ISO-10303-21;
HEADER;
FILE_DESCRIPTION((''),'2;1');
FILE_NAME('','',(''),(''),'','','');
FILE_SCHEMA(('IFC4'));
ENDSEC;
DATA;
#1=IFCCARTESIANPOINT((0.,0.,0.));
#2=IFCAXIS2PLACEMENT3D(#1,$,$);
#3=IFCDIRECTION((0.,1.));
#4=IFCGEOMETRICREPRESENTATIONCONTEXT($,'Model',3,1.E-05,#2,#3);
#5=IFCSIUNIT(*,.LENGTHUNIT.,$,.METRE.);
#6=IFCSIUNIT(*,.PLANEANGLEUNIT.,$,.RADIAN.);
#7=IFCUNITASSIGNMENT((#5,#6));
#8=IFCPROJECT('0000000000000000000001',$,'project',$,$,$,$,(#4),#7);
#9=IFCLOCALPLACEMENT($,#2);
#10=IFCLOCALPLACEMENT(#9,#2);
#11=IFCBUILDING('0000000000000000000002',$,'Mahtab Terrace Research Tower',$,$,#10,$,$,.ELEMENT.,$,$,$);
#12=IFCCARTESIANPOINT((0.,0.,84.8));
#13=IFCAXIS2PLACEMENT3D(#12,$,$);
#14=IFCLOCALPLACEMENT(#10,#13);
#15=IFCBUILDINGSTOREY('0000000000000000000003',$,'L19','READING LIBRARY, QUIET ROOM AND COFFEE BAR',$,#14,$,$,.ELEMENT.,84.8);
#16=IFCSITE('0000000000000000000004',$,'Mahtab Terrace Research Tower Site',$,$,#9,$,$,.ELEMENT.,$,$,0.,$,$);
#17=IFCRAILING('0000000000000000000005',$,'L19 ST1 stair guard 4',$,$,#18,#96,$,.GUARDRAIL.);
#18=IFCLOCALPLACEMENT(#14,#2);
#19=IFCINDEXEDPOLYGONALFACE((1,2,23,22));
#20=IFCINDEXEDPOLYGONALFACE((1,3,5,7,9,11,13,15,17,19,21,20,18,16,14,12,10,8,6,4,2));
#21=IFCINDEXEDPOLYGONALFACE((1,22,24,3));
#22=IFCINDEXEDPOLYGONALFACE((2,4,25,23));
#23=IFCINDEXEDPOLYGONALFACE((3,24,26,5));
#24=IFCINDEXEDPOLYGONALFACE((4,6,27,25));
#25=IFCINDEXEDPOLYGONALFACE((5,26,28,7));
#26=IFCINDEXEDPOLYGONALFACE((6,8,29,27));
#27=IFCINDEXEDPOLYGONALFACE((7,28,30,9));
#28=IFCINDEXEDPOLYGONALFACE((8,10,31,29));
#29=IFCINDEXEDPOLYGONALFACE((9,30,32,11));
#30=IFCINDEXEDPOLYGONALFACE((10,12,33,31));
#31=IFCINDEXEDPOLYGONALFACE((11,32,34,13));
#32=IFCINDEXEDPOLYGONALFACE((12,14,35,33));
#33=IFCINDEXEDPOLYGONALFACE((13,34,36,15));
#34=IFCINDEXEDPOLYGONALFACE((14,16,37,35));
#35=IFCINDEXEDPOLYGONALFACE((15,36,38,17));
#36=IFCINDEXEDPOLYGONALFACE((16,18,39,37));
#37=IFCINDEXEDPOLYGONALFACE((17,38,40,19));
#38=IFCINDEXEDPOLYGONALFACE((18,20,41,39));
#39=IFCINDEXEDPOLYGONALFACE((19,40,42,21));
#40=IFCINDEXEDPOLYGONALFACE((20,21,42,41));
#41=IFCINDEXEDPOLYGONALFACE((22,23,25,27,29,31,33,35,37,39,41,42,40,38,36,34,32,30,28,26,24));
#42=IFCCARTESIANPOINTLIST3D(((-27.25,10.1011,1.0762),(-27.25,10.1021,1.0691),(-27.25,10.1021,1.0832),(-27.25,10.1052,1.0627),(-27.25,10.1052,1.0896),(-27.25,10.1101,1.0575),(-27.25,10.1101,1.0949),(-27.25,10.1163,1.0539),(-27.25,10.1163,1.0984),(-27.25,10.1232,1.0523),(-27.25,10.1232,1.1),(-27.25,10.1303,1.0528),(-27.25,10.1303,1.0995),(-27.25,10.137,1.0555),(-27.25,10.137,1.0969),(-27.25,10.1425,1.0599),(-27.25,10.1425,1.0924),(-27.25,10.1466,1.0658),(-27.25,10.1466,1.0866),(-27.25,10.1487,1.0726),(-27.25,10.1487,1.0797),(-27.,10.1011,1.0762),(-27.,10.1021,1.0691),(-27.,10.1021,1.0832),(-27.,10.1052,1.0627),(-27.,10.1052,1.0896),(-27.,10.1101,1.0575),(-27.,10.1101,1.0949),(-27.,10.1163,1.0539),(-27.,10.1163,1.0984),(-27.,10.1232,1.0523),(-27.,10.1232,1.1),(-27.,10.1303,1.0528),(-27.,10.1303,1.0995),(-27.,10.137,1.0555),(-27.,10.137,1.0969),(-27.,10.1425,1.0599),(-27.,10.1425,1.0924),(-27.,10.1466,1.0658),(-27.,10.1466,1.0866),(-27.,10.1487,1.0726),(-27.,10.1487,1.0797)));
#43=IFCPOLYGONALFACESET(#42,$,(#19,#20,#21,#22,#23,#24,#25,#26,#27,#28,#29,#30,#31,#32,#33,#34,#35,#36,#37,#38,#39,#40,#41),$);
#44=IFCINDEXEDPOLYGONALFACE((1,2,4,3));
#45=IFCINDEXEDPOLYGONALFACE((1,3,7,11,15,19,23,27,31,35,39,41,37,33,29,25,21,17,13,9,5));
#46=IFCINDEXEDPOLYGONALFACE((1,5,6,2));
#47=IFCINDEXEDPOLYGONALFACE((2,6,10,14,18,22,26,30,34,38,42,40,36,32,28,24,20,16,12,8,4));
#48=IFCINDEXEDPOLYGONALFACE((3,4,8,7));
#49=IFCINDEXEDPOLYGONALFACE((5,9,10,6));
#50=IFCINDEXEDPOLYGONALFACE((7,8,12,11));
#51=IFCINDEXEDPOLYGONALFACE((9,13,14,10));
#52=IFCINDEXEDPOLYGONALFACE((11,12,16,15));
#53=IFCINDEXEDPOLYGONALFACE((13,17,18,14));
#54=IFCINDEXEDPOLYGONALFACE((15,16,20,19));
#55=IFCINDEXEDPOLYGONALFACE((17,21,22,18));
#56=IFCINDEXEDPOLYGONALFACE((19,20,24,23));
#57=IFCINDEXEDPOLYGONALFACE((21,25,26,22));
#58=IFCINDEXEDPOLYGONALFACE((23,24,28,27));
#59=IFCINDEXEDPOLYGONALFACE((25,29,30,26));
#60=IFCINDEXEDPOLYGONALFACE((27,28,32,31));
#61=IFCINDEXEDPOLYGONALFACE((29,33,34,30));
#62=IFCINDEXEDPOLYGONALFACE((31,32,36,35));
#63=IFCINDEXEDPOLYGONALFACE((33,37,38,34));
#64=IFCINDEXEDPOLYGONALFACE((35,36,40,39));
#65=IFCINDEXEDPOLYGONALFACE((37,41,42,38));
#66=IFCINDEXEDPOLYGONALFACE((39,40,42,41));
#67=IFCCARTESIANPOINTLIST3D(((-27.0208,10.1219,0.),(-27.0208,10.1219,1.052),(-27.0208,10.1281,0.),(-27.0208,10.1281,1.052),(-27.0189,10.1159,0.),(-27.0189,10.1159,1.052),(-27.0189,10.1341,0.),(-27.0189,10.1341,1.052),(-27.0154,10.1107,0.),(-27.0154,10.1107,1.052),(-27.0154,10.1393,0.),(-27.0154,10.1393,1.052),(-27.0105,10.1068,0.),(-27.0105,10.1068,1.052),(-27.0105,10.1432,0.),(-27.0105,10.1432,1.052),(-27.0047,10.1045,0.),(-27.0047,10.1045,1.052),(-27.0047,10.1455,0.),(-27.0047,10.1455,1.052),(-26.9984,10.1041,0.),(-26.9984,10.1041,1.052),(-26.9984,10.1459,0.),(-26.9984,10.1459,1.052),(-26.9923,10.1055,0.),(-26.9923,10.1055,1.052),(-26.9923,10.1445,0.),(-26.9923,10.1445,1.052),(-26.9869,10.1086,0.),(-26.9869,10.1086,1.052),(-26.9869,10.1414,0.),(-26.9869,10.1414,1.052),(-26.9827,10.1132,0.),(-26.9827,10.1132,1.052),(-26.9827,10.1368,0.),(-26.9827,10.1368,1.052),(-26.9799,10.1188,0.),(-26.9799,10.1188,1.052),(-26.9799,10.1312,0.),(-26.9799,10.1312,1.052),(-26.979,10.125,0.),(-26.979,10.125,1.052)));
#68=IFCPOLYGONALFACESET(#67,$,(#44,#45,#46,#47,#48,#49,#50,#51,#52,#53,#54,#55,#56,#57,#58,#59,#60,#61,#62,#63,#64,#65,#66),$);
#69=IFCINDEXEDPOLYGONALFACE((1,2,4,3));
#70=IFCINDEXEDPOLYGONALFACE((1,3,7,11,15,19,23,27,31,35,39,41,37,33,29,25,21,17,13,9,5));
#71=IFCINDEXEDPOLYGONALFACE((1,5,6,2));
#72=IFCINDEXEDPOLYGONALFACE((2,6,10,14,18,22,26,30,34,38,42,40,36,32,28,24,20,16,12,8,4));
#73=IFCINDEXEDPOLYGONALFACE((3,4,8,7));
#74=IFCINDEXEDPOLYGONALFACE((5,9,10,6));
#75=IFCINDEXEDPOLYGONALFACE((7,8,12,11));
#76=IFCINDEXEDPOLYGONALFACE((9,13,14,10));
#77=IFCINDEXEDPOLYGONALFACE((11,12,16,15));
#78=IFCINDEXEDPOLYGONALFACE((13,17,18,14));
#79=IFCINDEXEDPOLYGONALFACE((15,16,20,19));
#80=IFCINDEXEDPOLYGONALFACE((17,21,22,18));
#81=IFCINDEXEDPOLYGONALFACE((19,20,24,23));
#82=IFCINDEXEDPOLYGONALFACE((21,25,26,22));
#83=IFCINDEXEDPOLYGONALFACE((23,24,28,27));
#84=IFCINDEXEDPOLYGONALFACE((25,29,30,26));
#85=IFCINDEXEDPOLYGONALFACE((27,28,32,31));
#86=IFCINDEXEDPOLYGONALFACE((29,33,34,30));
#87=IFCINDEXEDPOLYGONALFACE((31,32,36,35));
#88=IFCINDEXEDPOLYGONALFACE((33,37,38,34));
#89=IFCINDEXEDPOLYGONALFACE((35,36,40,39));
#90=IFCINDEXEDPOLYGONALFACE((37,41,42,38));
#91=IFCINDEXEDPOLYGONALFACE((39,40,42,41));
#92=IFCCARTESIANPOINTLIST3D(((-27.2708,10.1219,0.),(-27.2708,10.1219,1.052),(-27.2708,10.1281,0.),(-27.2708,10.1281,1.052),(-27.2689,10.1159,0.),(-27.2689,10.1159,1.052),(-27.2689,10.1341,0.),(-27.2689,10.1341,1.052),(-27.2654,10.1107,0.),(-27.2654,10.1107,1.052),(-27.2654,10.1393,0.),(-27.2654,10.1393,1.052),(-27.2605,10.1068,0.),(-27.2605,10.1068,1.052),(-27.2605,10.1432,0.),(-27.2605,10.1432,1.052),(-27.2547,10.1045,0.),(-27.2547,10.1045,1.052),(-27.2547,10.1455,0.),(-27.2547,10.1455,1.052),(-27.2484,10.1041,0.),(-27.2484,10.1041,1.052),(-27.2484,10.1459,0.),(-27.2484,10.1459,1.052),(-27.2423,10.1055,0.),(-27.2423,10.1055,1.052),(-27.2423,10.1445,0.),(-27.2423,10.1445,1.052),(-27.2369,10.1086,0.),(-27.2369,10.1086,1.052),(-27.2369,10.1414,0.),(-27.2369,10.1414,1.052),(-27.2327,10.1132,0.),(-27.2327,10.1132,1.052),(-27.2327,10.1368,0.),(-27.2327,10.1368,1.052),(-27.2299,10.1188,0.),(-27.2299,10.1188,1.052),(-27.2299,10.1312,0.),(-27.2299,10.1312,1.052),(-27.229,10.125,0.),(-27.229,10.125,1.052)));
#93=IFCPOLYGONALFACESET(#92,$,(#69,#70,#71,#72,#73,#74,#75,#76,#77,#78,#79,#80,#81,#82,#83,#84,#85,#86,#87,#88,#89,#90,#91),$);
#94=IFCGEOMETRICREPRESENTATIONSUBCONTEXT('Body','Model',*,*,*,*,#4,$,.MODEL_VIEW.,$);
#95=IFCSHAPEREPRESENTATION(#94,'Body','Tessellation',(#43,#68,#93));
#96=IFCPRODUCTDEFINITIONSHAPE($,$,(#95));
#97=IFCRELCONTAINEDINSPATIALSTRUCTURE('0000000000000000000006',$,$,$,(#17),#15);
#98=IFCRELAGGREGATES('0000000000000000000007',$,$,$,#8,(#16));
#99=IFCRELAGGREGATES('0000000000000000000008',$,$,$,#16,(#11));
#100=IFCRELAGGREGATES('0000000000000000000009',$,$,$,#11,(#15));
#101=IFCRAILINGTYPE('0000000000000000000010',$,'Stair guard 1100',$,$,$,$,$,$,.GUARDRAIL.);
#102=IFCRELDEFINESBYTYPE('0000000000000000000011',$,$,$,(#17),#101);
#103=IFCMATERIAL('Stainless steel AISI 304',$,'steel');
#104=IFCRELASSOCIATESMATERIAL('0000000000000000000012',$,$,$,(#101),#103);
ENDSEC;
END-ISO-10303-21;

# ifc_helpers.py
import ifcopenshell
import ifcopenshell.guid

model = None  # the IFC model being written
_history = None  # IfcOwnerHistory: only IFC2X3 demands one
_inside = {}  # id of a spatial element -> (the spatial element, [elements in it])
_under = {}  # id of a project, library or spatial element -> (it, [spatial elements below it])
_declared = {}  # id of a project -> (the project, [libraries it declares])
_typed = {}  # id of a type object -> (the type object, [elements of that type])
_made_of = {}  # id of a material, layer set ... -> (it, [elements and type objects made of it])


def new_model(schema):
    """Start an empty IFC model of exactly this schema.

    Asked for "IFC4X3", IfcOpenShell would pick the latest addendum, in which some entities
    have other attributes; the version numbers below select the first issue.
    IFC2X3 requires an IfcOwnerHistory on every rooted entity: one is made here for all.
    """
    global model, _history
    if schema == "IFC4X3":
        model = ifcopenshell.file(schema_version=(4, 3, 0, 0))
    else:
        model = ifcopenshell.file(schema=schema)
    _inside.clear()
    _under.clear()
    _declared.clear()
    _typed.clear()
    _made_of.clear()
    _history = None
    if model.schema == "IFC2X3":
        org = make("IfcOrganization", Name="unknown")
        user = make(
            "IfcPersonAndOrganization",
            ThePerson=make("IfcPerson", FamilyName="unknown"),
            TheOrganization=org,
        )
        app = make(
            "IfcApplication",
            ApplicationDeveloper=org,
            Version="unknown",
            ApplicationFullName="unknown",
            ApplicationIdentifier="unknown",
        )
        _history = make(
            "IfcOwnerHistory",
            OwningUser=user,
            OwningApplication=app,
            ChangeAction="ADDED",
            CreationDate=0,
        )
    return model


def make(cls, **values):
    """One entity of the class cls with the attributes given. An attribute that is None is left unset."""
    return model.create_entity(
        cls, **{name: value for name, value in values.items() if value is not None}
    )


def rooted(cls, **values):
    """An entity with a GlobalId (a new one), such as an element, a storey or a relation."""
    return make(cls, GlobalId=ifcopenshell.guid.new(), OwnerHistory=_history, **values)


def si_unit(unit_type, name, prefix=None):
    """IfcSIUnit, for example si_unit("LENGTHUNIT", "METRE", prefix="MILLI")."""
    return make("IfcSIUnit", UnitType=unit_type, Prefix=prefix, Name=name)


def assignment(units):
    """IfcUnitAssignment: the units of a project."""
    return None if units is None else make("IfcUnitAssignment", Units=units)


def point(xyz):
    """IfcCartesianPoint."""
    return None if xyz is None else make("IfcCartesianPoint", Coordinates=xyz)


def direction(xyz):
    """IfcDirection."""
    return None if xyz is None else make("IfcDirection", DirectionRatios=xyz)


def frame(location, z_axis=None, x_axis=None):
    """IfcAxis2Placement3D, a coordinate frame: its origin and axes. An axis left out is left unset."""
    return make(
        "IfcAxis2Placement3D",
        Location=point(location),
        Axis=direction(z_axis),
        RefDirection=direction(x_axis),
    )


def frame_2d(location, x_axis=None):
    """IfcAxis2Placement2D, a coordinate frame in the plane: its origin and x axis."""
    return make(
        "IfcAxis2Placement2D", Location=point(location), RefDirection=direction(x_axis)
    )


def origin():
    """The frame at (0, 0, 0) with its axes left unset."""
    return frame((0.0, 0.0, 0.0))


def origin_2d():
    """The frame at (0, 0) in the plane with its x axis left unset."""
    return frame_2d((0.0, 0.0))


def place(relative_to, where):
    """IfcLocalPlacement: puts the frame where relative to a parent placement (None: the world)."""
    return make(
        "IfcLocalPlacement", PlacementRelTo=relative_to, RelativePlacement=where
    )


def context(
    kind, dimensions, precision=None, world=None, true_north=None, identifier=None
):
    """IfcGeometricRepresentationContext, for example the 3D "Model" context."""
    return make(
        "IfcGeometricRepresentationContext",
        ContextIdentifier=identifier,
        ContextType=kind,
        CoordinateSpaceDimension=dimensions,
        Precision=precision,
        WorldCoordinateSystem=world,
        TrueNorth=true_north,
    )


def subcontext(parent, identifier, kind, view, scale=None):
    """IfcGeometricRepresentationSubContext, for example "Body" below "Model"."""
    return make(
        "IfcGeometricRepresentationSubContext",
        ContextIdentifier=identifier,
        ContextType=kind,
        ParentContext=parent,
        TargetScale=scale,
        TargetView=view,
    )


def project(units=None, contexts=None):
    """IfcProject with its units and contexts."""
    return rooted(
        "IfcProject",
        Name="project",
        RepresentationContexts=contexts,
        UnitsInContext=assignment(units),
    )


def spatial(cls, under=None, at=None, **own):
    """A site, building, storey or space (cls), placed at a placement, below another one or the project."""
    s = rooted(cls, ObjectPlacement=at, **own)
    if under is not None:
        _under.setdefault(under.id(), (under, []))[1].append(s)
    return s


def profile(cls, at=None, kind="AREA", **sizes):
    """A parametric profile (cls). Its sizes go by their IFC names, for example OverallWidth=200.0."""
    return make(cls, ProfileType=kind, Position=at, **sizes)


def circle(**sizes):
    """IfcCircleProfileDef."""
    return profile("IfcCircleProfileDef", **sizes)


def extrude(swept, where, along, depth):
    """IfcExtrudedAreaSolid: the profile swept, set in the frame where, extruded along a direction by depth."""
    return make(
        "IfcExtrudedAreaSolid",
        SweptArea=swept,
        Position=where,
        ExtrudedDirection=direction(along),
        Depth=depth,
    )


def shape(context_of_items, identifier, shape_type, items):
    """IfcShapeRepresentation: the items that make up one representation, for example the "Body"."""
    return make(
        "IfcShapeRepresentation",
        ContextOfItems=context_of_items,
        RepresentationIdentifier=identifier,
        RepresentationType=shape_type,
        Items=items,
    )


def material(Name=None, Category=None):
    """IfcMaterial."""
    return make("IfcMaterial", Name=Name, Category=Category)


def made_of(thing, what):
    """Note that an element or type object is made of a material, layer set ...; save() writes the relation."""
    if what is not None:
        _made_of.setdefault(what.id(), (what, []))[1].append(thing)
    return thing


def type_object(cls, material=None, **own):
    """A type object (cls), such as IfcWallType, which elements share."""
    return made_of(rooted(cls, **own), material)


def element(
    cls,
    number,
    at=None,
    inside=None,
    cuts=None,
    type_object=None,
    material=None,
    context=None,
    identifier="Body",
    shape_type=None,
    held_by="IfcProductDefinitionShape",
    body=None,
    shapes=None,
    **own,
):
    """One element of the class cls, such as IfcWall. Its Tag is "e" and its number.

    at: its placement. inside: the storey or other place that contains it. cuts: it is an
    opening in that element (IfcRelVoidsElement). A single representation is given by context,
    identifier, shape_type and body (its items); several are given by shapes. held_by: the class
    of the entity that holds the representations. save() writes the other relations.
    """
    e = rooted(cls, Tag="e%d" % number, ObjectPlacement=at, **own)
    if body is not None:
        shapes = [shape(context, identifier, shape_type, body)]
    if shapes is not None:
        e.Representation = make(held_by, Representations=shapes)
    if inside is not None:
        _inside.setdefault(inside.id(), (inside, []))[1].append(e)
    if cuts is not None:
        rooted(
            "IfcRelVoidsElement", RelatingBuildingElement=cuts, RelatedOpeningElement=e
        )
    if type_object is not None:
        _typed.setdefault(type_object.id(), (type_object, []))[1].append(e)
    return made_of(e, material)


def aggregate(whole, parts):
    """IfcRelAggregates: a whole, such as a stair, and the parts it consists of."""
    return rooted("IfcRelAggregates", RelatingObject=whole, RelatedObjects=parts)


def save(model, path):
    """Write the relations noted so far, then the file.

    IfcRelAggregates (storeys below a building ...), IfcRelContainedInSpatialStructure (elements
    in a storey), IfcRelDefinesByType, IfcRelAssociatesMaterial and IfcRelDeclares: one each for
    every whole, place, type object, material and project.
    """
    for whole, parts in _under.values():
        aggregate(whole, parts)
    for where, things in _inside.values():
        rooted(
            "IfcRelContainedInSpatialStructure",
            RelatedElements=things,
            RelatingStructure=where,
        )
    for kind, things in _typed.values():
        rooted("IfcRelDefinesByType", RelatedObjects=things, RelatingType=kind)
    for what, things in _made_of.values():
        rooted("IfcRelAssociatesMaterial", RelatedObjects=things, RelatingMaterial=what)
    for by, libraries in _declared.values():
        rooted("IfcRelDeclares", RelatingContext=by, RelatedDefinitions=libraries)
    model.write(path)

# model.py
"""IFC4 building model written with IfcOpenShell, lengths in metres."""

from ifc_helpers import new_model, si_unit, direction, frame, origin, origin_2d, place, context, subcontext, project, spatial, circle, extrude, material, type_object, element, save


model = new_model("IFC4")

# Units and contexts
model_context = context("Model", 3, precision=1e-05, world=origin(), true_north=direction((0.0, 1.0)))
body_context = subcontext(model_context, "Body", "Model", "MODEL_VIEW")
ifc_project = project(units=[si_unit("LENGTHUNIT", "METRE"), si_unit("PLANEANGLEUNIT", "RADIAN")], contexts=[model_context])

# Site, building, storey
site_placement = place(None, origin())
site = spatial("IfcSite", under=ifc_project, at=site_placement, Name="Mahtab Terrace Research Tower Site", CompositionType="ELEMENT", RefElevation=0.0)
building_placement = place(site_placement, origin())
building = spatial("IfcBuilding", under=site, at=building_placement, Name="Mahtab Terrace Research Tower", CompositionType="ELEMENT")
storey_placement = place(building_placement, frame((0.0, 0.0, 84.8)))
storey = spatial("IfcBuildingStorey", under=building, at=storey_placement, Name="L19", Description="READING LIBRARY, QUIET ROOM AND COFFEE BAR", CompositionType="ELEMENT", Elevation=84.8)

# Railing
ifc_material_1 = material(Name="Stainless steel AISI 304", Category="steel")
railing_type_1 = type_object("IfcRailingType", Name="Stair guard 1100", PredefinedType="GUARDRAIL", material=ifc_material_1)
railing_1_placement = place(storey_placement, frame((-27.0, 10.125, 0.0)))
element("IfcRailing", 1, at=railing_1_placement, inside=storey, type_object=railing_type_1, Name="L19 ST1 stair guard 4", PredefinedType="GUARDRAIL", context=body_context, shape_type="SweptSolid", body=[
    extrude(circle(Radius=0.0239, at=origin_2d()), frame((0.0, 0.0, 1.0762), z_axis=(-1.0, 0.0, 0.0), x_axis=(0.0, -1.0, 0.0)), (0.0, 0.0, 1.0), 0.25),
    extrude(circle(Radius=0.021, at=origin_2d()), origin(), (0.0, 0.0, 1.0), 1.052),
    extrude(circle(Radius=0.021, at=origin_2d()), frame((-0.25, 0.0, 0.0)), (0.0, 0.0, 1.0), 1.052),
])

save(model, "model.ifc")
